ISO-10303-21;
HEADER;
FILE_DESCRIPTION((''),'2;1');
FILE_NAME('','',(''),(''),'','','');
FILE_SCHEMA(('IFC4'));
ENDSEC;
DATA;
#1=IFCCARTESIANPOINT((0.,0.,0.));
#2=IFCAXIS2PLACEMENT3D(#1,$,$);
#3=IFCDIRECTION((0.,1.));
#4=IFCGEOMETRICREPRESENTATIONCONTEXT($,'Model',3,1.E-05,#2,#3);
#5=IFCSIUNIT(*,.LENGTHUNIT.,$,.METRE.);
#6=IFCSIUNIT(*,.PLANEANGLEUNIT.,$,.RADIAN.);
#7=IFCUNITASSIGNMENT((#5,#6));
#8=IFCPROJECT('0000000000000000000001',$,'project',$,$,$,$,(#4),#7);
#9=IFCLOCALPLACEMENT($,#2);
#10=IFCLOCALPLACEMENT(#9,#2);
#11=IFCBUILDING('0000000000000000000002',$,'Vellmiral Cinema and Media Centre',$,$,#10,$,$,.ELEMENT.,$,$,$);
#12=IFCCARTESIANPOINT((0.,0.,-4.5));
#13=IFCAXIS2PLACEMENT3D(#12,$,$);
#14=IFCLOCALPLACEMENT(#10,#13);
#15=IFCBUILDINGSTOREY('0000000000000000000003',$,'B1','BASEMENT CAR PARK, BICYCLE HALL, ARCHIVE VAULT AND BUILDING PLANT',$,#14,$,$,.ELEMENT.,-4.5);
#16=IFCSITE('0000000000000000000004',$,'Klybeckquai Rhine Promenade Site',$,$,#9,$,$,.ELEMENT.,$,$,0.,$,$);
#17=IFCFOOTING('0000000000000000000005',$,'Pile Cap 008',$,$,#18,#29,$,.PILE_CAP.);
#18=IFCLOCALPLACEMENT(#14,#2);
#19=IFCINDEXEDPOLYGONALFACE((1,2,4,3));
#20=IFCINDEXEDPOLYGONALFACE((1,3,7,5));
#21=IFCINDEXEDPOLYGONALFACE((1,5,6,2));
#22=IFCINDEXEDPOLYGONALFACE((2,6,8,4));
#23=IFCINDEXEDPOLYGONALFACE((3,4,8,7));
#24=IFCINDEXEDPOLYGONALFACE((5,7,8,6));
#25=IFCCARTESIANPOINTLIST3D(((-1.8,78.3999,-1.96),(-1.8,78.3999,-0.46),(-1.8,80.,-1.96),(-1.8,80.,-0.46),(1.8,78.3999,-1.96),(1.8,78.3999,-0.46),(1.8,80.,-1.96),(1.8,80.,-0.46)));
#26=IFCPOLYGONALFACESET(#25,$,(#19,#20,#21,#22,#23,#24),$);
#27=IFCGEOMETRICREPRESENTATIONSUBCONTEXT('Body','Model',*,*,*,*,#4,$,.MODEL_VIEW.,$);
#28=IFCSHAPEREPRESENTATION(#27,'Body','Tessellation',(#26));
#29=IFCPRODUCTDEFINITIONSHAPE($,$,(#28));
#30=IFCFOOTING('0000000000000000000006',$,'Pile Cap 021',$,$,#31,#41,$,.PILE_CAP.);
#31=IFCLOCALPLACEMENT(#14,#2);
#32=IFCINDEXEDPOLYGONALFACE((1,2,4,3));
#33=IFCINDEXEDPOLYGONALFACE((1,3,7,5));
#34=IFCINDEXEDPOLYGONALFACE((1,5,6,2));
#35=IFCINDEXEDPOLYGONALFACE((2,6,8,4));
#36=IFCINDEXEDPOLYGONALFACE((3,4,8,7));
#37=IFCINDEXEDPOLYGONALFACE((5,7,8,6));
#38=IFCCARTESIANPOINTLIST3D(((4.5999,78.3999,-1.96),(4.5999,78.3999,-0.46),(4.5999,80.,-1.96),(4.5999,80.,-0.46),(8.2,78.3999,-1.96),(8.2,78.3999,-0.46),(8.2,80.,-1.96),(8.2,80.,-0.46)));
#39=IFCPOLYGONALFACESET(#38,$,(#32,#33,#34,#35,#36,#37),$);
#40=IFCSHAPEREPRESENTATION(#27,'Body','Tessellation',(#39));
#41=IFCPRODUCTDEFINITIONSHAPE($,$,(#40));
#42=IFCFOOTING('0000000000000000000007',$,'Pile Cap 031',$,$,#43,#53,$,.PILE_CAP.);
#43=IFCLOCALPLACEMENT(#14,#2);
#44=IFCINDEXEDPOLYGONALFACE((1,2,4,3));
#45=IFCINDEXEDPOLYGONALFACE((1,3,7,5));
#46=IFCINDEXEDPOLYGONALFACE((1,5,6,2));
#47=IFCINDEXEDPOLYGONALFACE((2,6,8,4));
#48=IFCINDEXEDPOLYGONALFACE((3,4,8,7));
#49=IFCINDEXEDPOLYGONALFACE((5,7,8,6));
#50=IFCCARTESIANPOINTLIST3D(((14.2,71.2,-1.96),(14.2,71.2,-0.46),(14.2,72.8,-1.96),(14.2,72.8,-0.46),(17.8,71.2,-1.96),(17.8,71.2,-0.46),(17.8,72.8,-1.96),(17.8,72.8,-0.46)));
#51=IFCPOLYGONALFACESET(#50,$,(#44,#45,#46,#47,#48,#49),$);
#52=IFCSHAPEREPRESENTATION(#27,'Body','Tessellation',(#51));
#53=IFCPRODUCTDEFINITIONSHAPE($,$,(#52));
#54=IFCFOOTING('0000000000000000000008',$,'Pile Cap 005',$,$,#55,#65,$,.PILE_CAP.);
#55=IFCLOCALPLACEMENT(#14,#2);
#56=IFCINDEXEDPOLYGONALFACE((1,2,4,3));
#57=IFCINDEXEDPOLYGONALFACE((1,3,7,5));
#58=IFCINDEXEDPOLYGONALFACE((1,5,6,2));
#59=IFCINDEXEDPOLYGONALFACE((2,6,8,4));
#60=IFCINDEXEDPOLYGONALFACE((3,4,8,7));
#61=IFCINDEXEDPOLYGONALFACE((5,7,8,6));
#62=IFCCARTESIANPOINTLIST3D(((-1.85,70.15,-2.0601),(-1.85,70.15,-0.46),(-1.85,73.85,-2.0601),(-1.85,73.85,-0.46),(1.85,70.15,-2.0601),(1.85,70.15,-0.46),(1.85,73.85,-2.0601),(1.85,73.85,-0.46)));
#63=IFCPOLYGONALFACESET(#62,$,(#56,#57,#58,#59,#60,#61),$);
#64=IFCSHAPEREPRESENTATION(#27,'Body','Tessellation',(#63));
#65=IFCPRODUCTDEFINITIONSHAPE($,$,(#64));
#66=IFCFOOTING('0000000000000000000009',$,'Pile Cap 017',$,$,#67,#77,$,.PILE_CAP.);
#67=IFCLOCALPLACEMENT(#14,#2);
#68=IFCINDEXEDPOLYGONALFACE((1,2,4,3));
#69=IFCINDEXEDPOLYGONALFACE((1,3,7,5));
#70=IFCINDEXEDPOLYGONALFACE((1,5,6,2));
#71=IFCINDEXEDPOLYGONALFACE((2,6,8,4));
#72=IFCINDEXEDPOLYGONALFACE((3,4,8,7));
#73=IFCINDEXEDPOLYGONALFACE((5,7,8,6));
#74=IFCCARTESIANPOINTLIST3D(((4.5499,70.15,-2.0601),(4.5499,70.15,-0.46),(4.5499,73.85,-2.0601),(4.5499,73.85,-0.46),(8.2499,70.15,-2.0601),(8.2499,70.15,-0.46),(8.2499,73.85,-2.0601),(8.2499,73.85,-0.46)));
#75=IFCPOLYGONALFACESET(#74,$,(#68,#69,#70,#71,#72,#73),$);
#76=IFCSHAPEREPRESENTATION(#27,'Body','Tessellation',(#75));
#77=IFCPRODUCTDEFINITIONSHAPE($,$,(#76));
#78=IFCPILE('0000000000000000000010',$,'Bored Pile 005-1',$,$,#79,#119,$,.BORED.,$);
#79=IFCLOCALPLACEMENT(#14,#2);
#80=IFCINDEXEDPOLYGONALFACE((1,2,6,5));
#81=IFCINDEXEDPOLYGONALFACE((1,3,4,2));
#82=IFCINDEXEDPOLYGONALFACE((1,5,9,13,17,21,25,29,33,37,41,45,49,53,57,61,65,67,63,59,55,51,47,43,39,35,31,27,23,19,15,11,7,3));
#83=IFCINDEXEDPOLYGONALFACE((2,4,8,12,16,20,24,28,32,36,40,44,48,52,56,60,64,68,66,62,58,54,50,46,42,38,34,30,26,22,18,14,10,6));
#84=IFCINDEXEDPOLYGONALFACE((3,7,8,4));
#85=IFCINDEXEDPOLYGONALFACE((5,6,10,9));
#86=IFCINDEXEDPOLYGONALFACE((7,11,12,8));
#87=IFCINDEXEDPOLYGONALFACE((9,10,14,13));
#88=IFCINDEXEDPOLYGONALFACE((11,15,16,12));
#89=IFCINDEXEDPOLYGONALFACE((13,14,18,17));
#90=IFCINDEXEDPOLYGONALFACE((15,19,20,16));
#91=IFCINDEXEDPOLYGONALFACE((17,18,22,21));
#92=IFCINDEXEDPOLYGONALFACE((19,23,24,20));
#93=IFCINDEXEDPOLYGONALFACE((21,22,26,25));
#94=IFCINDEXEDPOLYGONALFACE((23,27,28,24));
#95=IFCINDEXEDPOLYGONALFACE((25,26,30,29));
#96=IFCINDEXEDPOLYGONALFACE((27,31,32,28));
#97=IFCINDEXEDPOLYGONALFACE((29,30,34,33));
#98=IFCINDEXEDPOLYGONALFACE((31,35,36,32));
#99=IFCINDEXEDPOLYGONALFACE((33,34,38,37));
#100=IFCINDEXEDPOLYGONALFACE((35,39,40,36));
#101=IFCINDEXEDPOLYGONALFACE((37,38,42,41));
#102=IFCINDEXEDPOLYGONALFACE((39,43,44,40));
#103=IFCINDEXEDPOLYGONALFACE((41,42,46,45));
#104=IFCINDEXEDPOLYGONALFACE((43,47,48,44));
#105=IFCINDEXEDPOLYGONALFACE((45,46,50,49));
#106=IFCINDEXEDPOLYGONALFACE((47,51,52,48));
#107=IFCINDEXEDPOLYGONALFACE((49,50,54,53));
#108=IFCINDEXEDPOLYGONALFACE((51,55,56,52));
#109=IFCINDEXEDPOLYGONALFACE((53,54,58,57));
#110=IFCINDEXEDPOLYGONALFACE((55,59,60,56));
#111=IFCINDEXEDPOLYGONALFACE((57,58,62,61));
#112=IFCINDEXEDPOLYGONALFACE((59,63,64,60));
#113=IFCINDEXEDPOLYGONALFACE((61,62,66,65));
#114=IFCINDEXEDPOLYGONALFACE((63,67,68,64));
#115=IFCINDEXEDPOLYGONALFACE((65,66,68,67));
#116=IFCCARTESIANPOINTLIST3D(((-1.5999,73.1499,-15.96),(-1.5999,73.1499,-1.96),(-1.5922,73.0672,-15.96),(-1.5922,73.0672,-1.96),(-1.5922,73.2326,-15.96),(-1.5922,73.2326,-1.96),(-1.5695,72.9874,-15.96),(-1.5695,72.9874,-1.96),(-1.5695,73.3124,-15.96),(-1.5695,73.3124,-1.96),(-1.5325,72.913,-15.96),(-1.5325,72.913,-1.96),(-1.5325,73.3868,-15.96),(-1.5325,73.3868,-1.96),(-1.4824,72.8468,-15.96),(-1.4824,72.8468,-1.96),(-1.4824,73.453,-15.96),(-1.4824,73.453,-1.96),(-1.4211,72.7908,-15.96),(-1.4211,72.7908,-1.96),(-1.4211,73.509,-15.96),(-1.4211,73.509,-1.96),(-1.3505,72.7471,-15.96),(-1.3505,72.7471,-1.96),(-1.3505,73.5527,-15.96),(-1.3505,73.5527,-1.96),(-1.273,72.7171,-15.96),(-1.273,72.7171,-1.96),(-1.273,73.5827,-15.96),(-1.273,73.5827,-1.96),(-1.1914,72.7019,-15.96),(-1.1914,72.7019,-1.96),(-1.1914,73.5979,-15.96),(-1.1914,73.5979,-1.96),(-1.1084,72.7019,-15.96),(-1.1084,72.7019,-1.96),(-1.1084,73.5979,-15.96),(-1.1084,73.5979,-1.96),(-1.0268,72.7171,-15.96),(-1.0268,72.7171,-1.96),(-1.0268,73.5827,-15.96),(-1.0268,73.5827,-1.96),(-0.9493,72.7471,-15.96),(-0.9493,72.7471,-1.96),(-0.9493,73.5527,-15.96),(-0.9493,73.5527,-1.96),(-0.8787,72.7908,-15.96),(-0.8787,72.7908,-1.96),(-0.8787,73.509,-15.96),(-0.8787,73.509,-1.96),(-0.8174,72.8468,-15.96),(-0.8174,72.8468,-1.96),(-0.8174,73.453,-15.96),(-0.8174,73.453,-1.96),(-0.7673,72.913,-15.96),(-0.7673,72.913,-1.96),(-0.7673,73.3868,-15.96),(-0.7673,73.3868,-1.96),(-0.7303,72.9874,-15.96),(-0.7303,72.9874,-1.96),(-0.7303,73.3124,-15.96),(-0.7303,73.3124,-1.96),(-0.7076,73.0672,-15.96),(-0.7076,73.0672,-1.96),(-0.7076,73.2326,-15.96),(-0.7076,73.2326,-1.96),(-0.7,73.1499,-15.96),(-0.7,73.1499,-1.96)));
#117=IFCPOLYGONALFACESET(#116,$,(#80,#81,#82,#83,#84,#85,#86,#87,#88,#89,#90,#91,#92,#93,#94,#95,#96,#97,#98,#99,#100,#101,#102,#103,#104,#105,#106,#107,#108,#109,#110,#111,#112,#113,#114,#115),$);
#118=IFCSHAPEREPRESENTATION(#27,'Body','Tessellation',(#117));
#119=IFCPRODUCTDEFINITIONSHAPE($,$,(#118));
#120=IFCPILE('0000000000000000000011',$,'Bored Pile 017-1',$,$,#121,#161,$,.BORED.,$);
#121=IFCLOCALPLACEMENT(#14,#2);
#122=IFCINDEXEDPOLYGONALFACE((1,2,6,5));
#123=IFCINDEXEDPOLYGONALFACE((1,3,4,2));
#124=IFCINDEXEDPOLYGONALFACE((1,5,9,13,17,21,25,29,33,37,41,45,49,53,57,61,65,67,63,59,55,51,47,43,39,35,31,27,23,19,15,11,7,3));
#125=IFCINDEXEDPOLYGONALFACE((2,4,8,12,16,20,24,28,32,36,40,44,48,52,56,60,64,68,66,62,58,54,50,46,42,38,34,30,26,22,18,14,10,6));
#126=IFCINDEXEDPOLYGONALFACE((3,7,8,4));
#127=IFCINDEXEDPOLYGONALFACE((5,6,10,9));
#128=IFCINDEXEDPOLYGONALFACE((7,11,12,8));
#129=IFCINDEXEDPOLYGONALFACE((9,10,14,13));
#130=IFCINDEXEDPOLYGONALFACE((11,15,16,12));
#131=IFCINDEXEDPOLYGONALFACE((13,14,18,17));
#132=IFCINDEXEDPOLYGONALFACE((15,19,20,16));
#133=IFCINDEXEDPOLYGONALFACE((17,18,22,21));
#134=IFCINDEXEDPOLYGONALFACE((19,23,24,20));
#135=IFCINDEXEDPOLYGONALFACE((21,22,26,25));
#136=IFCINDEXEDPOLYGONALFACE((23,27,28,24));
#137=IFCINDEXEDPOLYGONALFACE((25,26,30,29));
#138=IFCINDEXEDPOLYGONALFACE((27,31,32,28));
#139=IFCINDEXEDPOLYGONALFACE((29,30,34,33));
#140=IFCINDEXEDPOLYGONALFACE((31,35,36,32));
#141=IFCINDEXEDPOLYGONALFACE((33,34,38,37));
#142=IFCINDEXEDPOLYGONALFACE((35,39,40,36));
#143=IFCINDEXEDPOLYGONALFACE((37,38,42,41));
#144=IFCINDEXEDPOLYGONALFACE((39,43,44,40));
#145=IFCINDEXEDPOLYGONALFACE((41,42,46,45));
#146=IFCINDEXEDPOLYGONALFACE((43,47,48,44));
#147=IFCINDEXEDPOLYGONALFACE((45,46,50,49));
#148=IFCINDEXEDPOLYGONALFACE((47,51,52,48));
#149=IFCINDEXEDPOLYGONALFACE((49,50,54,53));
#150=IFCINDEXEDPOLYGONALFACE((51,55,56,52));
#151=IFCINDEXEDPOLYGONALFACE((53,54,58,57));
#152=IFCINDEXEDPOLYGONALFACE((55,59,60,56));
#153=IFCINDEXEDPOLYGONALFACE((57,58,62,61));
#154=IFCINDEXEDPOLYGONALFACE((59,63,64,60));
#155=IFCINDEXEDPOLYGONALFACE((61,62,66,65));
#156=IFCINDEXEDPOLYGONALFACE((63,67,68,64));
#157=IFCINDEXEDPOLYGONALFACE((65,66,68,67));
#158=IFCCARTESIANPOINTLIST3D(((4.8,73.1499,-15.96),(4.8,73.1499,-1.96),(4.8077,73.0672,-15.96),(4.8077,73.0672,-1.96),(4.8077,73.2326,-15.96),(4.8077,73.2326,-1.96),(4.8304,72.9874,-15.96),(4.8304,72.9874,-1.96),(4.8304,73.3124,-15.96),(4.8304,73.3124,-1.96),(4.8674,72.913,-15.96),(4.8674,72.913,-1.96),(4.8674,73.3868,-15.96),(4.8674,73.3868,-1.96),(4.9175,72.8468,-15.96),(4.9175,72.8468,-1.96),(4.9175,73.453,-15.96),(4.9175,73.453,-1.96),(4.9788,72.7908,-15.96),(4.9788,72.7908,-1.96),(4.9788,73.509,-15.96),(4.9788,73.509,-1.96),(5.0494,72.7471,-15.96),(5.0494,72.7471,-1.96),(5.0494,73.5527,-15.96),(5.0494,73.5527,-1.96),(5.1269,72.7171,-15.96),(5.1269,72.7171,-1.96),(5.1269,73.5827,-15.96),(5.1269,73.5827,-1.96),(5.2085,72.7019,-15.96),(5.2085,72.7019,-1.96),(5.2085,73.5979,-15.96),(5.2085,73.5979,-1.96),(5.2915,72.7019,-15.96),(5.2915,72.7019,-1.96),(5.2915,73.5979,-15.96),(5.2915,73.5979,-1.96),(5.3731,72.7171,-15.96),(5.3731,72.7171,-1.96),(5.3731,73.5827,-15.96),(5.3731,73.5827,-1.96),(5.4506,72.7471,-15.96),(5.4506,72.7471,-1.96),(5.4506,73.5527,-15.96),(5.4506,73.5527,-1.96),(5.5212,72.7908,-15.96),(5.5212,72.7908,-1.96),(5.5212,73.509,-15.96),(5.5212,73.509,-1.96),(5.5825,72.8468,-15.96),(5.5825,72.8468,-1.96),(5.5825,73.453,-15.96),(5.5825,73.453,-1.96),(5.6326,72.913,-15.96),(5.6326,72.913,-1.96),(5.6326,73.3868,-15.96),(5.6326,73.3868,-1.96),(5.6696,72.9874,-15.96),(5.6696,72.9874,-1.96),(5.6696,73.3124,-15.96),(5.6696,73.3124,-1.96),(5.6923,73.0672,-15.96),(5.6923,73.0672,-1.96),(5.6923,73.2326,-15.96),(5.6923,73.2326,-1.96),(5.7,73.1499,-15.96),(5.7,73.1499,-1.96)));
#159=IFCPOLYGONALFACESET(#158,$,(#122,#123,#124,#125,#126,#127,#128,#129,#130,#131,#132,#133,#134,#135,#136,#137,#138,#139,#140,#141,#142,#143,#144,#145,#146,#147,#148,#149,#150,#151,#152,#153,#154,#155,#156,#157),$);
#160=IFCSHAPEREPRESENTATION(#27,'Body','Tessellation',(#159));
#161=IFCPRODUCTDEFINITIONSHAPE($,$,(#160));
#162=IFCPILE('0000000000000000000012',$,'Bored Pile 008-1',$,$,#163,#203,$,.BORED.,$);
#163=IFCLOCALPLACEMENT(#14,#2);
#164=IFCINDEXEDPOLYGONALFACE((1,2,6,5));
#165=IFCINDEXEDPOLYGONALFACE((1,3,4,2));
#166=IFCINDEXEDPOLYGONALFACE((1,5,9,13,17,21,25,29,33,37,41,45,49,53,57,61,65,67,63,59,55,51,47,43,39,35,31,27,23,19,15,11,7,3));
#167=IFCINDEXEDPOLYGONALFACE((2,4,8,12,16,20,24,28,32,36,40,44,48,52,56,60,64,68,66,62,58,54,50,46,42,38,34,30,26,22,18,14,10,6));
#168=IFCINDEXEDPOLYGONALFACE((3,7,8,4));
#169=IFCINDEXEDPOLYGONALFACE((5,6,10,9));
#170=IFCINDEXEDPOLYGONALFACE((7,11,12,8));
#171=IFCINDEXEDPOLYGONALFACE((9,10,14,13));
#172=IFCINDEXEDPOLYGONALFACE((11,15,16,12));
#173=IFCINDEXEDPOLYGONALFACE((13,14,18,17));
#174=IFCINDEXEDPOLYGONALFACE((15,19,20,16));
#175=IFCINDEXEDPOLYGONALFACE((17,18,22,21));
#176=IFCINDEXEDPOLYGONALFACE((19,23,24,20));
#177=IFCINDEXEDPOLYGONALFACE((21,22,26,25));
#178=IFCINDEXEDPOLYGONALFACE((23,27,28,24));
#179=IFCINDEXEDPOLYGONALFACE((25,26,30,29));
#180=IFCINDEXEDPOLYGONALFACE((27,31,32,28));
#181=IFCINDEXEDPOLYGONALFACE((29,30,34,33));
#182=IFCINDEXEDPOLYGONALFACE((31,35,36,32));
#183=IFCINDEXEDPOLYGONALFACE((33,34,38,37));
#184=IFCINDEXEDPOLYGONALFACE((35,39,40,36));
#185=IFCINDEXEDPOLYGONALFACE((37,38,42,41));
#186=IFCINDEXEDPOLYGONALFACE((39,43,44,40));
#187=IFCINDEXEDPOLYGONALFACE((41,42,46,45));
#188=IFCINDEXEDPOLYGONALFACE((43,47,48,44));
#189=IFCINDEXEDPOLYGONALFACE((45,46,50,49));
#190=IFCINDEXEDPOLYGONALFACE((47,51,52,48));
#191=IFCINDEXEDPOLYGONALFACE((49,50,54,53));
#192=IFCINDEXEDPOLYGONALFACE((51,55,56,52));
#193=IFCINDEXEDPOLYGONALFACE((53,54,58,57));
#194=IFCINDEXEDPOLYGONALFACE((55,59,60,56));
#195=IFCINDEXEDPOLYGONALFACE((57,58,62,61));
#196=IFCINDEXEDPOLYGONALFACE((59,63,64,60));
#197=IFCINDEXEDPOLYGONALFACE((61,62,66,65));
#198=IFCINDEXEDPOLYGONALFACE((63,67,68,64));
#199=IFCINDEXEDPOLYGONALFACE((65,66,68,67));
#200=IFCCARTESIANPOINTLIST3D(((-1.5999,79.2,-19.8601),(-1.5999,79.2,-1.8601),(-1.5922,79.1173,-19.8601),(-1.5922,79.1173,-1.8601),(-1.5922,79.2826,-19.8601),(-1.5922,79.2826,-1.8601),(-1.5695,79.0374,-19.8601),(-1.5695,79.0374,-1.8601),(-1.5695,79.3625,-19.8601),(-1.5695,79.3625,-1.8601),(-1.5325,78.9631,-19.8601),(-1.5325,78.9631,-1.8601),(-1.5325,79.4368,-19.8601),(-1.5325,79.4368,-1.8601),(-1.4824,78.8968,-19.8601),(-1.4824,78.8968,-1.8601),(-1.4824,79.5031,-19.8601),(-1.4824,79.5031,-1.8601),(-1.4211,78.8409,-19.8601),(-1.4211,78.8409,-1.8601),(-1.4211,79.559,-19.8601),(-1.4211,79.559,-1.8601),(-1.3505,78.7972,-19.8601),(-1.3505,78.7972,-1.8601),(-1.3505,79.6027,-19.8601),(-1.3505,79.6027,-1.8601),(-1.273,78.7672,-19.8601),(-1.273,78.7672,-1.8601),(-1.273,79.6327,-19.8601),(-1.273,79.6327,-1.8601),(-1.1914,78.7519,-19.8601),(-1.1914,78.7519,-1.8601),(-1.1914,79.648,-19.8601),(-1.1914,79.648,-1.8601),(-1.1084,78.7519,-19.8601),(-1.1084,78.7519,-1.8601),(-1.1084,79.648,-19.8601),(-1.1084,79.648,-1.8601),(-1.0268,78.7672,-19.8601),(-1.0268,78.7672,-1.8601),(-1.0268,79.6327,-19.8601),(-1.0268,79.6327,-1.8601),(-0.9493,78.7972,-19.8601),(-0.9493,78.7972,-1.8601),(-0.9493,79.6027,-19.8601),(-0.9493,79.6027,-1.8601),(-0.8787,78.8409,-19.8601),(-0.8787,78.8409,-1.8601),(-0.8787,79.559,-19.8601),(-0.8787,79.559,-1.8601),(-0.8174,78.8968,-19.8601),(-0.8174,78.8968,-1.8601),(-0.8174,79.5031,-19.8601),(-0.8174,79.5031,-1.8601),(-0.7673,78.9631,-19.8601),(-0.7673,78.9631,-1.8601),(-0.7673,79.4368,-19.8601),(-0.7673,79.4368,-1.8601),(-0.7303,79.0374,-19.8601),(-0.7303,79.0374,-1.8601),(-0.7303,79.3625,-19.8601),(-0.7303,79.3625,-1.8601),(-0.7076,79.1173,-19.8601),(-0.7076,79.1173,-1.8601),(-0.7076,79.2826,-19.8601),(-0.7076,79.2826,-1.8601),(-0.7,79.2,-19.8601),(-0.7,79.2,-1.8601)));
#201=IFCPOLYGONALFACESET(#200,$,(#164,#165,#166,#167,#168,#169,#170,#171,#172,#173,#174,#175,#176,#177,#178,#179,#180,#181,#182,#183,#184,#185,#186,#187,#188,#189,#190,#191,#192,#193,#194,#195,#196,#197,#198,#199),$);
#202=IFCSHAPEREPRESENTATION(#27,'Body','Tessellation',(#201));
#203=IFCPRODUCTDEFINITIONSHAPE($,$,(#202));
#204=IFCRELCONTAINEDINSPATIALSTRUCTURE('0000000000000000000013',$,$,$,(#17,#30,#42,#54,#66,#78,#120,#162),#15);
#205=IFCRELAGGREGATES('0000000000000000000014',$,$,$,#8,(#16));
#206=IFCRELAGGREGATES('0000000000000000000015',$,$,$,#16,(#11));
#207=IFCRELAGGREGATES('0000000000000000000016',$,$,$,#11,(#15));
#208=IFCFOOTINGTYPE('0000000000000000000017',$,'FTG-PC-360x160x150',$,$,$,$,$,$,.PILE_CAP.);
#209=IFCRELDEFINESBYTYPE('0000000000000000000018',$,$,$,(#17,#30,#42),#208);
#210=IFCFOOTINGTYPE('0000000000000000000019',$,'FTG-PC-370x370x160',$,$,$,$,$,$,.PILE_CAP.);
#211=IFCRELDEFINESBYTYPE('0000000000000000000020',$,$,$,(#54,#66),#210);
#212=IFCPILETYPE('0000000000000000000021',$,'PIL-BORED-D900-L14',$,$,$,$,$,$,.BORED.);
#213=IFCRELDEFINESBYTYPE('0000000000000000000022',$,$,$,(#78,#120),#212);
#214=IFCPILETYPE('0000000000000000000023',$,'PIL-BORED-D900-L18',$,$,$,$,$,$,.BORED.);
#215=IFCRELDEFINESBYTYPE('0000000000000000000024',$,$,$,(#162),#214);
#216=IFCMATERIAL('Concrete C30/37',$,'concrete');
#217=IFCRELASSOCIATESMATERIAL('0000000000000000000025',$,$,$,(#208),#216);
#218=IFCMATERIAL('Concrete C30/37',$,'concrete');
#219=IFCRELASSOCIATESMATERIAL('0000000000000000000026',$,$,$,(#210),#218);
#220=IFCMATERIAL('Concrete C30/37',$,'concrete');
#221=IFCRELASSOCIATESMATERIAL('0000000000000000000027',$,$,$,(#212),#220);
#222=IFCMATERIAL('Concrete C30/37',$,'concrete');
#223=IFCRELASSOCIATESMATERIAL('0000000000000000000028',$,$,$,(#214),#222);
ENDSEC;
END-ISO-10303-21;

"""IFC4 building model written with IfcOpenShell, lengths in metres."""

from ifc_helpers import new_model, si_unit, direction, frame, origin, origin_2d, place, context, subcontext, project, spatial, rectangle, circle, extrude, material, material_profile, profile_set, type_object, element, save


model = new_model("IFC4")

# Units and contexts
model_context = context("Model", 3, precision=1e-05, world=origin(), true_north=direction((0.0, 1.0)))
body_context = subcontext(model_context, "Body", "Model", "MODEL_VIEW")
ifc_project = project(units=[si_unit("LENGTHUNIT", "METRE"), si_unit("PLANEANGLEUNIT", "RADIAN")], contexts=[model_context])

# Site, building, storey
site_placement = place(None, origin())
site = spatial("IfcSite", under=ifc_project, at=site_placement, Name="Klybeckquai Rhine Promenade Site", CompositionType="ELEMENT", RefElevation=0.0)
building_placement = place(site_placement, origin())
building = spatial("IfcBuilding", under=site, at=building_placement, Name="Vellmiral Cinema and Media Centre", CompositionType="ELEMENT")
storey_placement = place(building_placement, frame((0.0, 0.0, -4.5)))
storey = spatial("IfcBuildingStorey", under=building, at=storey_placement, Name="B1", Description="BASEMENT CAR PARK, BICYCLE HALL, ARCHIVE VAULT AND BUILDING PLANT", CompositionType="ELEMENT", Elevation=-4.5)

# Footings
ifc_material_1 = material(Name="Concrete C30/37", Category="concrete")
footing_type_1 = type_object("IfcFootingType", Name="FTG-PC-360x160x150", PredefinedType="PILE_CAP", material=ifc_material_1)
for number, where, z_axis, x_axis, name in (
    (1, (0.0, 79.2, -1.96), (0.0, 0.0, 1.0), (1.0, 0.0, 0.0), "Pile Cap 008"),
    (2, (6.3999, 79.2, -1.96), (0.0, 0.0, 1.0), (1.0, 0.0, 0.0), "Pile Cap 021"),
    (3, (16.0, 72.0, -1.96), (0.0, 0.0, 1.0), (1.0, 0.0, 0.0), "Pile Cap 031"),
):
    element("IfcFooting", number, at=place(storey_placement, frame(where, z_axis=z_axis, x_axis=x_axis)), inside=storey, type_object=footing_type_1, Name=name, PredefinedType="PILE_CAP", context=body_context, shape_type="SweptSolid", body=[
        extrude(rectangle(XDim=3.6001, YDim=1.6001, at=origin_2d()), origin(), (0.0, 0.0, 1.0), 1.5),
    ])
ifc_material_2 = material(Name="Concrete C30/37", Category="concrete")
footing_type_2 = type_object("IfcFootingType", Name="FTG-PC-370x370x160", PredefinedType="PILE_CAP", material=ifc_material_2)
for number, where, z_axis, x_axis, name in (
    (4, (0.0, 72.0, -2.0601), (0.0, 0.0, 1.0), (1.0, 0.0, 0.0), "Pile Cap 005"),
    (5, (6.3999, 72.0, -2.0601), (0.0, 0.0, 1.0), (1.0, 0.0, 0.0), "Pile Cap 017"),
):
    element("IfcFooting", number, at=place(storey_placement, frame(where, z_axis=z_axis, x_axis=x_axis)), inside=storey, type_object=footing_type_2, Name=name, PredefinedType="PILE_CAP", context=body_context, shape_type="SweptSolid", body=[
        extrude(rectangle(XDim=3.7, YDim=3.7, at=origin_2d()), origin(), (0.0, 0.0, 1.0), 1.6001),
    ])

# Piles
ifc_material_3 = material(Name="Concrete C30/37", Category="concrete")
ifc_material_profile_1 = material_profile(ifc_material_3, circle(Radius=0.45, at=origin_2d()), Name="PILE D900")
ifc_profile_set_1 = profile_set([ifc_material_profile_1], Name="Concrete C30/37")
pile_type_1 = type_object("IfcPileType", Name="PIL-BORED-D900-L14", PredefinedType="BORED", material=ifc_profile_set_1)
for number, where, z_axis, x_axis, name in (
    (6, (-1.1499, 73.1499, -1.96), (0.0, 0.0, -1.0), (1.0, 0.0, 0.0), "Bored Pile 005-1"),
    (7, (5.25, 73.1499, -1.96), (0.0, 0.0, -1.0), (1.0, 0.0, 0.0), "Bored Pile 017-1"),
):
    element("IfcPile", number, at=place(storey_placement, frame(where, z_axis=z_axis, x_axis=x_axis)), inside=storey, type_object=pile_type_1, Name=name, PredefinedType="BORED", context=body_context, shape_type="SweptSolid", body=[
        extrude(circle(Radius=0.45, at=origin_2d()), origin(), (0.0, 0.0, 1.0), 14.0),
    ])
ifc_material_4 = material(Name="Concrete C30/37", Category="concrete")
ifc_material_profile_2 = material_profile(ifc_material_4, circle(Radius=0.45, at=origin_2d()), Name="PILE D900")
ifc_profile_set_2 = profile_set([ifc_material_profile_2], Name="Concrete C30/37")
pile_type_2 = type_object("IfcPileType", Name="PIL-BORED-D900-L18", PredefinedType="BORED", material=ifc_profile_set_2)
for number, where, z_axis, x_axis, name in (
    (8, (-1.1499, 79.2, -1.8601), (0.0, 0.0, -1.0), (1.0, 0.0, 0.0), "Bored Pile 008-1"),
):
    element("IfcPile", number, at=place(storey_placement, frame(where, z_axis=z_axis, x_axis=x_axis)), inside=storey, type_object=pile_type_2, Name=name, PredefinedType="BORED", context=body_context, shape_type="SweptSolid", body=[
        extrude(circle(Radius=0.45, at=origin_2d()), origin(), (0.0, 0.0, 1.0), 18.0),
    ])

save(model, "model.ifc")
